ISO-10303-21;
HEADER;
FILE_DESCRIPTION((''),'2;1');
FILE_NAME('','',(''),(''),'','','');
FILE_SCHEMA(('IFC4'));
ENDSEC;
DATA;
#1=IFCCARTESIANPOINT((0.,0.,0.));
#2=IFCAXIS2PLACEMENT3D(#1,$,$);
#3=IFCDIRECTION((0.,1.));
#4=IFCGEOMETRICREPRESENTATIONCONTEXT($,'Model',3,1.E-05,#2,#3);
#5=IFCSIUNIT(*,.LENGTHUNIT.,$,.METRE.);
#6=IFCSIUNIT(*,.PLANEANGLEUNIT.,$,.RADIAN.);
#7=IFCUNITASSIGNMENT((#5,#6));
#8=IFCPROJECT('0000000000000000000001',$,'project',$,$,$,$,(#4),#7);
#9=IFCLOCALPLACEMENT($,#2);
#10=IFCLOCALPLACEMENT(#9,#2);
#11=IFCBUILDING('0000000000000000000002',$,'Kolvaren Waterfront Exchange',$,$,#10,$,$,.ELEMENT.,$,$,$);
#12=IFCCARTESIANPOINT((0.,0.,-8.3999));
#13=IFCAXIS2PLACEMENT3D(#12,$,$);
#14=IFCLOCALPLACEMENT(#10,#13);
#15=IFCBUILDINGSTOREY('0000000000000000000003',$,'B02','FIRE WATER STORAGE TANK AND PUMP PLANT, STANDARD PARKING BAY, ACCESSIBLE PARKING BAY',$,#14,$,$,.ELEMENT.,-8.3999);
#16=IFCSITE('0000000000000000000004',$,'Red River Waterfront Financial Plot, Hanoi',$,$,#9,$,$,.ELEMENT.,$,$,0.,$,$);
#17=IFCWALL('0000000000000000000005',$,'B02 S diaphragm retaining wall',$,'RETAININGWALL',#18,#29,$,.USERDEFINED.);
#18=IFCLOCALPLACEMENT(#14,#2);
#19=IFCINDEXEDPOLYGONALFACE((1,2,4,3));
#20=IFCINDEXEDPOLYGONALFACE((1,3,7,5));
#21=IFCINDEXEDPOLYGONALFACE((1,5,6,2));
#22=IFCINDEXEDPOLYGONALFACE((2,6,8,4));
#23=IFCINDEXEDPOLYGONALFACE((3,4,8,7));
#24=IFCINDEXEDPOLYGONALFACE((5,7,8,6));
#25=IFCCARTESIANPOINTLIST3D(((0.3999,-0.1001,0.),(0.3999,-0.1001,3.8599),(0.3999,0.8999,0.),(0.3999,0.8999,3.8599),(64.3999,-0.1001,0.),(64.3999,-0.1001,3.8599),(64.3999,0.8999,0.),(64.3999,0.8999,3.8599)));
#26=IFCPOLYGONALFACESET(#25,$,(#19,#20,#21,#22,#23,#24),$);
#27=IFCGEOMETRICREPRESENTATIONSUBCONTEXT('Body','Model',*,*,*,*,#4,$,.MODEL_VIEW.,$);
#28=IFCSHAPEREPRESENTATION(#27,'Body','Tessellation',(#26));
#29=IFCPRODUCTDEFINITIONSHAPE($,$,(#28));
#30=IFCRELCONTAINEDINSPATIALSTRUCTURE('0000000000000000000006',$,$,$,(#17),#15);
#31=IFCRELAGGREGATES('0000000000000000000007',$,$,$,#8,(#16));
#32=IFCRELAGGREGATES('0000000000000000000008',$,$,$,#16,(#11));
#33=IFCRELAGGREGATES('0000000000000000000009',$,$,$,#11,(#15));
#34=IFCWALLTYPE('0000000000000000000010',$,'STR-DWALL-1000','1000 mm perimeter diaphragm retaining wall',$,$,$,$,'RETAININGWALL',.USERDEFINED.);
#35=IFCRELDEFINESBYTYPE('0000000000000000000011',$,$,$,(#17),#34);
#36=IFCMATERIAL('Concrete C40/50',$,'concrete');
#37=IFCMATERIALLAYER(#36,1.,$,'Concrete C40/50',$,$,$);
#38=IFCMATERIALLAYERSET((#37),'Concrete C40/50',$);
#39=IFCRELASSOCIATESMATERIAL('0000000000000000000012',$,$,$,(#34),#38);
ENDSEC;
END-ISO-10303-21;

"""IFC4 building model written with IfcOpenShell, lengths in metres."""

from ifc_helpers import new_model, si_unit, direction, frame, frame_2d, origin, place, context, subcontext, project, spatial, rectangle, extrude, material, layer, layer_set, type_object, element, save


model = new_model("IFC4")

# Units and contexts
model_context = context("Model", 3, precision=1e-05, world=origin(), true_north=direction((0.0, 1.0)))
body_context = subcontext(model_context, "Body", "Model", "MODEL_VIEW")
ifc_project = project(units=[si_unit("LENGTHUNIT", "METRE"), si_unit("PLANEANGLEUNIT", "RADIAN")], contexts=[model_context])

# Site, building, storey
site_placement = place(None, origin())
site = spatial("IfcSite", under=ifc_project, at=site_placement, Name="Red River Waterfront Financial Plot, Hanoi", CompositionType="ELEMENT", RefElevation=0.0)
building_placement = place(site_placement, origin())
building = spatial("IfcBuilding", under=site, at=building_placement, Name="Kolvaren Waterfront Exchange", CompositionType="ELEMENT")
storey_placement = place(building_placement, frame((0.0, 0.0, -8.3999)))
storey = spatial("IfcBuildingStorey", under=building, at=storey_placement, Name="B02", Description="FIRE WATER STORAGE TANK AND PUMP PLANT, STANDARD PARKING BAY, ACCESSIBLE PARKING BAY", CompositionType="ELEMENT", Elevation=-8.3999)

# Shared definitions
ifc_material_1 = material(Name="Concrete C40/50", Category="concrete")

# Wall
ifc_layer_1 = layer(ifc_material_1, 1.0, Name="Concrete C40/50")
ifc_layer_set_1 = layer_set([ifc_layer_1], Name="Concrete C40/50")
wall_type_1 = type_object("IfcWallType", Name="STR-DWALL-1000", Description="1000 mm perimeter diaphragm retaining wall", ElementType="RETAININGWALL", PredefinedType="USERDEFINED", material=ifc_layer_set_1)
wall_1_placement = place(storey_placement, frame((0.3999, 0.3999, 0.0), z_axis=(0.0, 0.0, 1.0), x_axis=(1.0, 0.0, 0.0)))
element("IfcWall", 1, at=wall_1_placement, inside=storey, type_object=wall_type_1, Name="B02 S diaphragm retaining wall", ObjectType="RETAININGWALL", PredefinedType="USERDEFINED", context=body_context, shape_type="SweptSolid", body=[
    extrude(rectangle(XDim=64.0, YDim=1.0, at=frame_2d((32.0, 0.0))), origin(), (0.0, 0.0, 1.0), 3.8599),
])

save(model, "model.ifc")
